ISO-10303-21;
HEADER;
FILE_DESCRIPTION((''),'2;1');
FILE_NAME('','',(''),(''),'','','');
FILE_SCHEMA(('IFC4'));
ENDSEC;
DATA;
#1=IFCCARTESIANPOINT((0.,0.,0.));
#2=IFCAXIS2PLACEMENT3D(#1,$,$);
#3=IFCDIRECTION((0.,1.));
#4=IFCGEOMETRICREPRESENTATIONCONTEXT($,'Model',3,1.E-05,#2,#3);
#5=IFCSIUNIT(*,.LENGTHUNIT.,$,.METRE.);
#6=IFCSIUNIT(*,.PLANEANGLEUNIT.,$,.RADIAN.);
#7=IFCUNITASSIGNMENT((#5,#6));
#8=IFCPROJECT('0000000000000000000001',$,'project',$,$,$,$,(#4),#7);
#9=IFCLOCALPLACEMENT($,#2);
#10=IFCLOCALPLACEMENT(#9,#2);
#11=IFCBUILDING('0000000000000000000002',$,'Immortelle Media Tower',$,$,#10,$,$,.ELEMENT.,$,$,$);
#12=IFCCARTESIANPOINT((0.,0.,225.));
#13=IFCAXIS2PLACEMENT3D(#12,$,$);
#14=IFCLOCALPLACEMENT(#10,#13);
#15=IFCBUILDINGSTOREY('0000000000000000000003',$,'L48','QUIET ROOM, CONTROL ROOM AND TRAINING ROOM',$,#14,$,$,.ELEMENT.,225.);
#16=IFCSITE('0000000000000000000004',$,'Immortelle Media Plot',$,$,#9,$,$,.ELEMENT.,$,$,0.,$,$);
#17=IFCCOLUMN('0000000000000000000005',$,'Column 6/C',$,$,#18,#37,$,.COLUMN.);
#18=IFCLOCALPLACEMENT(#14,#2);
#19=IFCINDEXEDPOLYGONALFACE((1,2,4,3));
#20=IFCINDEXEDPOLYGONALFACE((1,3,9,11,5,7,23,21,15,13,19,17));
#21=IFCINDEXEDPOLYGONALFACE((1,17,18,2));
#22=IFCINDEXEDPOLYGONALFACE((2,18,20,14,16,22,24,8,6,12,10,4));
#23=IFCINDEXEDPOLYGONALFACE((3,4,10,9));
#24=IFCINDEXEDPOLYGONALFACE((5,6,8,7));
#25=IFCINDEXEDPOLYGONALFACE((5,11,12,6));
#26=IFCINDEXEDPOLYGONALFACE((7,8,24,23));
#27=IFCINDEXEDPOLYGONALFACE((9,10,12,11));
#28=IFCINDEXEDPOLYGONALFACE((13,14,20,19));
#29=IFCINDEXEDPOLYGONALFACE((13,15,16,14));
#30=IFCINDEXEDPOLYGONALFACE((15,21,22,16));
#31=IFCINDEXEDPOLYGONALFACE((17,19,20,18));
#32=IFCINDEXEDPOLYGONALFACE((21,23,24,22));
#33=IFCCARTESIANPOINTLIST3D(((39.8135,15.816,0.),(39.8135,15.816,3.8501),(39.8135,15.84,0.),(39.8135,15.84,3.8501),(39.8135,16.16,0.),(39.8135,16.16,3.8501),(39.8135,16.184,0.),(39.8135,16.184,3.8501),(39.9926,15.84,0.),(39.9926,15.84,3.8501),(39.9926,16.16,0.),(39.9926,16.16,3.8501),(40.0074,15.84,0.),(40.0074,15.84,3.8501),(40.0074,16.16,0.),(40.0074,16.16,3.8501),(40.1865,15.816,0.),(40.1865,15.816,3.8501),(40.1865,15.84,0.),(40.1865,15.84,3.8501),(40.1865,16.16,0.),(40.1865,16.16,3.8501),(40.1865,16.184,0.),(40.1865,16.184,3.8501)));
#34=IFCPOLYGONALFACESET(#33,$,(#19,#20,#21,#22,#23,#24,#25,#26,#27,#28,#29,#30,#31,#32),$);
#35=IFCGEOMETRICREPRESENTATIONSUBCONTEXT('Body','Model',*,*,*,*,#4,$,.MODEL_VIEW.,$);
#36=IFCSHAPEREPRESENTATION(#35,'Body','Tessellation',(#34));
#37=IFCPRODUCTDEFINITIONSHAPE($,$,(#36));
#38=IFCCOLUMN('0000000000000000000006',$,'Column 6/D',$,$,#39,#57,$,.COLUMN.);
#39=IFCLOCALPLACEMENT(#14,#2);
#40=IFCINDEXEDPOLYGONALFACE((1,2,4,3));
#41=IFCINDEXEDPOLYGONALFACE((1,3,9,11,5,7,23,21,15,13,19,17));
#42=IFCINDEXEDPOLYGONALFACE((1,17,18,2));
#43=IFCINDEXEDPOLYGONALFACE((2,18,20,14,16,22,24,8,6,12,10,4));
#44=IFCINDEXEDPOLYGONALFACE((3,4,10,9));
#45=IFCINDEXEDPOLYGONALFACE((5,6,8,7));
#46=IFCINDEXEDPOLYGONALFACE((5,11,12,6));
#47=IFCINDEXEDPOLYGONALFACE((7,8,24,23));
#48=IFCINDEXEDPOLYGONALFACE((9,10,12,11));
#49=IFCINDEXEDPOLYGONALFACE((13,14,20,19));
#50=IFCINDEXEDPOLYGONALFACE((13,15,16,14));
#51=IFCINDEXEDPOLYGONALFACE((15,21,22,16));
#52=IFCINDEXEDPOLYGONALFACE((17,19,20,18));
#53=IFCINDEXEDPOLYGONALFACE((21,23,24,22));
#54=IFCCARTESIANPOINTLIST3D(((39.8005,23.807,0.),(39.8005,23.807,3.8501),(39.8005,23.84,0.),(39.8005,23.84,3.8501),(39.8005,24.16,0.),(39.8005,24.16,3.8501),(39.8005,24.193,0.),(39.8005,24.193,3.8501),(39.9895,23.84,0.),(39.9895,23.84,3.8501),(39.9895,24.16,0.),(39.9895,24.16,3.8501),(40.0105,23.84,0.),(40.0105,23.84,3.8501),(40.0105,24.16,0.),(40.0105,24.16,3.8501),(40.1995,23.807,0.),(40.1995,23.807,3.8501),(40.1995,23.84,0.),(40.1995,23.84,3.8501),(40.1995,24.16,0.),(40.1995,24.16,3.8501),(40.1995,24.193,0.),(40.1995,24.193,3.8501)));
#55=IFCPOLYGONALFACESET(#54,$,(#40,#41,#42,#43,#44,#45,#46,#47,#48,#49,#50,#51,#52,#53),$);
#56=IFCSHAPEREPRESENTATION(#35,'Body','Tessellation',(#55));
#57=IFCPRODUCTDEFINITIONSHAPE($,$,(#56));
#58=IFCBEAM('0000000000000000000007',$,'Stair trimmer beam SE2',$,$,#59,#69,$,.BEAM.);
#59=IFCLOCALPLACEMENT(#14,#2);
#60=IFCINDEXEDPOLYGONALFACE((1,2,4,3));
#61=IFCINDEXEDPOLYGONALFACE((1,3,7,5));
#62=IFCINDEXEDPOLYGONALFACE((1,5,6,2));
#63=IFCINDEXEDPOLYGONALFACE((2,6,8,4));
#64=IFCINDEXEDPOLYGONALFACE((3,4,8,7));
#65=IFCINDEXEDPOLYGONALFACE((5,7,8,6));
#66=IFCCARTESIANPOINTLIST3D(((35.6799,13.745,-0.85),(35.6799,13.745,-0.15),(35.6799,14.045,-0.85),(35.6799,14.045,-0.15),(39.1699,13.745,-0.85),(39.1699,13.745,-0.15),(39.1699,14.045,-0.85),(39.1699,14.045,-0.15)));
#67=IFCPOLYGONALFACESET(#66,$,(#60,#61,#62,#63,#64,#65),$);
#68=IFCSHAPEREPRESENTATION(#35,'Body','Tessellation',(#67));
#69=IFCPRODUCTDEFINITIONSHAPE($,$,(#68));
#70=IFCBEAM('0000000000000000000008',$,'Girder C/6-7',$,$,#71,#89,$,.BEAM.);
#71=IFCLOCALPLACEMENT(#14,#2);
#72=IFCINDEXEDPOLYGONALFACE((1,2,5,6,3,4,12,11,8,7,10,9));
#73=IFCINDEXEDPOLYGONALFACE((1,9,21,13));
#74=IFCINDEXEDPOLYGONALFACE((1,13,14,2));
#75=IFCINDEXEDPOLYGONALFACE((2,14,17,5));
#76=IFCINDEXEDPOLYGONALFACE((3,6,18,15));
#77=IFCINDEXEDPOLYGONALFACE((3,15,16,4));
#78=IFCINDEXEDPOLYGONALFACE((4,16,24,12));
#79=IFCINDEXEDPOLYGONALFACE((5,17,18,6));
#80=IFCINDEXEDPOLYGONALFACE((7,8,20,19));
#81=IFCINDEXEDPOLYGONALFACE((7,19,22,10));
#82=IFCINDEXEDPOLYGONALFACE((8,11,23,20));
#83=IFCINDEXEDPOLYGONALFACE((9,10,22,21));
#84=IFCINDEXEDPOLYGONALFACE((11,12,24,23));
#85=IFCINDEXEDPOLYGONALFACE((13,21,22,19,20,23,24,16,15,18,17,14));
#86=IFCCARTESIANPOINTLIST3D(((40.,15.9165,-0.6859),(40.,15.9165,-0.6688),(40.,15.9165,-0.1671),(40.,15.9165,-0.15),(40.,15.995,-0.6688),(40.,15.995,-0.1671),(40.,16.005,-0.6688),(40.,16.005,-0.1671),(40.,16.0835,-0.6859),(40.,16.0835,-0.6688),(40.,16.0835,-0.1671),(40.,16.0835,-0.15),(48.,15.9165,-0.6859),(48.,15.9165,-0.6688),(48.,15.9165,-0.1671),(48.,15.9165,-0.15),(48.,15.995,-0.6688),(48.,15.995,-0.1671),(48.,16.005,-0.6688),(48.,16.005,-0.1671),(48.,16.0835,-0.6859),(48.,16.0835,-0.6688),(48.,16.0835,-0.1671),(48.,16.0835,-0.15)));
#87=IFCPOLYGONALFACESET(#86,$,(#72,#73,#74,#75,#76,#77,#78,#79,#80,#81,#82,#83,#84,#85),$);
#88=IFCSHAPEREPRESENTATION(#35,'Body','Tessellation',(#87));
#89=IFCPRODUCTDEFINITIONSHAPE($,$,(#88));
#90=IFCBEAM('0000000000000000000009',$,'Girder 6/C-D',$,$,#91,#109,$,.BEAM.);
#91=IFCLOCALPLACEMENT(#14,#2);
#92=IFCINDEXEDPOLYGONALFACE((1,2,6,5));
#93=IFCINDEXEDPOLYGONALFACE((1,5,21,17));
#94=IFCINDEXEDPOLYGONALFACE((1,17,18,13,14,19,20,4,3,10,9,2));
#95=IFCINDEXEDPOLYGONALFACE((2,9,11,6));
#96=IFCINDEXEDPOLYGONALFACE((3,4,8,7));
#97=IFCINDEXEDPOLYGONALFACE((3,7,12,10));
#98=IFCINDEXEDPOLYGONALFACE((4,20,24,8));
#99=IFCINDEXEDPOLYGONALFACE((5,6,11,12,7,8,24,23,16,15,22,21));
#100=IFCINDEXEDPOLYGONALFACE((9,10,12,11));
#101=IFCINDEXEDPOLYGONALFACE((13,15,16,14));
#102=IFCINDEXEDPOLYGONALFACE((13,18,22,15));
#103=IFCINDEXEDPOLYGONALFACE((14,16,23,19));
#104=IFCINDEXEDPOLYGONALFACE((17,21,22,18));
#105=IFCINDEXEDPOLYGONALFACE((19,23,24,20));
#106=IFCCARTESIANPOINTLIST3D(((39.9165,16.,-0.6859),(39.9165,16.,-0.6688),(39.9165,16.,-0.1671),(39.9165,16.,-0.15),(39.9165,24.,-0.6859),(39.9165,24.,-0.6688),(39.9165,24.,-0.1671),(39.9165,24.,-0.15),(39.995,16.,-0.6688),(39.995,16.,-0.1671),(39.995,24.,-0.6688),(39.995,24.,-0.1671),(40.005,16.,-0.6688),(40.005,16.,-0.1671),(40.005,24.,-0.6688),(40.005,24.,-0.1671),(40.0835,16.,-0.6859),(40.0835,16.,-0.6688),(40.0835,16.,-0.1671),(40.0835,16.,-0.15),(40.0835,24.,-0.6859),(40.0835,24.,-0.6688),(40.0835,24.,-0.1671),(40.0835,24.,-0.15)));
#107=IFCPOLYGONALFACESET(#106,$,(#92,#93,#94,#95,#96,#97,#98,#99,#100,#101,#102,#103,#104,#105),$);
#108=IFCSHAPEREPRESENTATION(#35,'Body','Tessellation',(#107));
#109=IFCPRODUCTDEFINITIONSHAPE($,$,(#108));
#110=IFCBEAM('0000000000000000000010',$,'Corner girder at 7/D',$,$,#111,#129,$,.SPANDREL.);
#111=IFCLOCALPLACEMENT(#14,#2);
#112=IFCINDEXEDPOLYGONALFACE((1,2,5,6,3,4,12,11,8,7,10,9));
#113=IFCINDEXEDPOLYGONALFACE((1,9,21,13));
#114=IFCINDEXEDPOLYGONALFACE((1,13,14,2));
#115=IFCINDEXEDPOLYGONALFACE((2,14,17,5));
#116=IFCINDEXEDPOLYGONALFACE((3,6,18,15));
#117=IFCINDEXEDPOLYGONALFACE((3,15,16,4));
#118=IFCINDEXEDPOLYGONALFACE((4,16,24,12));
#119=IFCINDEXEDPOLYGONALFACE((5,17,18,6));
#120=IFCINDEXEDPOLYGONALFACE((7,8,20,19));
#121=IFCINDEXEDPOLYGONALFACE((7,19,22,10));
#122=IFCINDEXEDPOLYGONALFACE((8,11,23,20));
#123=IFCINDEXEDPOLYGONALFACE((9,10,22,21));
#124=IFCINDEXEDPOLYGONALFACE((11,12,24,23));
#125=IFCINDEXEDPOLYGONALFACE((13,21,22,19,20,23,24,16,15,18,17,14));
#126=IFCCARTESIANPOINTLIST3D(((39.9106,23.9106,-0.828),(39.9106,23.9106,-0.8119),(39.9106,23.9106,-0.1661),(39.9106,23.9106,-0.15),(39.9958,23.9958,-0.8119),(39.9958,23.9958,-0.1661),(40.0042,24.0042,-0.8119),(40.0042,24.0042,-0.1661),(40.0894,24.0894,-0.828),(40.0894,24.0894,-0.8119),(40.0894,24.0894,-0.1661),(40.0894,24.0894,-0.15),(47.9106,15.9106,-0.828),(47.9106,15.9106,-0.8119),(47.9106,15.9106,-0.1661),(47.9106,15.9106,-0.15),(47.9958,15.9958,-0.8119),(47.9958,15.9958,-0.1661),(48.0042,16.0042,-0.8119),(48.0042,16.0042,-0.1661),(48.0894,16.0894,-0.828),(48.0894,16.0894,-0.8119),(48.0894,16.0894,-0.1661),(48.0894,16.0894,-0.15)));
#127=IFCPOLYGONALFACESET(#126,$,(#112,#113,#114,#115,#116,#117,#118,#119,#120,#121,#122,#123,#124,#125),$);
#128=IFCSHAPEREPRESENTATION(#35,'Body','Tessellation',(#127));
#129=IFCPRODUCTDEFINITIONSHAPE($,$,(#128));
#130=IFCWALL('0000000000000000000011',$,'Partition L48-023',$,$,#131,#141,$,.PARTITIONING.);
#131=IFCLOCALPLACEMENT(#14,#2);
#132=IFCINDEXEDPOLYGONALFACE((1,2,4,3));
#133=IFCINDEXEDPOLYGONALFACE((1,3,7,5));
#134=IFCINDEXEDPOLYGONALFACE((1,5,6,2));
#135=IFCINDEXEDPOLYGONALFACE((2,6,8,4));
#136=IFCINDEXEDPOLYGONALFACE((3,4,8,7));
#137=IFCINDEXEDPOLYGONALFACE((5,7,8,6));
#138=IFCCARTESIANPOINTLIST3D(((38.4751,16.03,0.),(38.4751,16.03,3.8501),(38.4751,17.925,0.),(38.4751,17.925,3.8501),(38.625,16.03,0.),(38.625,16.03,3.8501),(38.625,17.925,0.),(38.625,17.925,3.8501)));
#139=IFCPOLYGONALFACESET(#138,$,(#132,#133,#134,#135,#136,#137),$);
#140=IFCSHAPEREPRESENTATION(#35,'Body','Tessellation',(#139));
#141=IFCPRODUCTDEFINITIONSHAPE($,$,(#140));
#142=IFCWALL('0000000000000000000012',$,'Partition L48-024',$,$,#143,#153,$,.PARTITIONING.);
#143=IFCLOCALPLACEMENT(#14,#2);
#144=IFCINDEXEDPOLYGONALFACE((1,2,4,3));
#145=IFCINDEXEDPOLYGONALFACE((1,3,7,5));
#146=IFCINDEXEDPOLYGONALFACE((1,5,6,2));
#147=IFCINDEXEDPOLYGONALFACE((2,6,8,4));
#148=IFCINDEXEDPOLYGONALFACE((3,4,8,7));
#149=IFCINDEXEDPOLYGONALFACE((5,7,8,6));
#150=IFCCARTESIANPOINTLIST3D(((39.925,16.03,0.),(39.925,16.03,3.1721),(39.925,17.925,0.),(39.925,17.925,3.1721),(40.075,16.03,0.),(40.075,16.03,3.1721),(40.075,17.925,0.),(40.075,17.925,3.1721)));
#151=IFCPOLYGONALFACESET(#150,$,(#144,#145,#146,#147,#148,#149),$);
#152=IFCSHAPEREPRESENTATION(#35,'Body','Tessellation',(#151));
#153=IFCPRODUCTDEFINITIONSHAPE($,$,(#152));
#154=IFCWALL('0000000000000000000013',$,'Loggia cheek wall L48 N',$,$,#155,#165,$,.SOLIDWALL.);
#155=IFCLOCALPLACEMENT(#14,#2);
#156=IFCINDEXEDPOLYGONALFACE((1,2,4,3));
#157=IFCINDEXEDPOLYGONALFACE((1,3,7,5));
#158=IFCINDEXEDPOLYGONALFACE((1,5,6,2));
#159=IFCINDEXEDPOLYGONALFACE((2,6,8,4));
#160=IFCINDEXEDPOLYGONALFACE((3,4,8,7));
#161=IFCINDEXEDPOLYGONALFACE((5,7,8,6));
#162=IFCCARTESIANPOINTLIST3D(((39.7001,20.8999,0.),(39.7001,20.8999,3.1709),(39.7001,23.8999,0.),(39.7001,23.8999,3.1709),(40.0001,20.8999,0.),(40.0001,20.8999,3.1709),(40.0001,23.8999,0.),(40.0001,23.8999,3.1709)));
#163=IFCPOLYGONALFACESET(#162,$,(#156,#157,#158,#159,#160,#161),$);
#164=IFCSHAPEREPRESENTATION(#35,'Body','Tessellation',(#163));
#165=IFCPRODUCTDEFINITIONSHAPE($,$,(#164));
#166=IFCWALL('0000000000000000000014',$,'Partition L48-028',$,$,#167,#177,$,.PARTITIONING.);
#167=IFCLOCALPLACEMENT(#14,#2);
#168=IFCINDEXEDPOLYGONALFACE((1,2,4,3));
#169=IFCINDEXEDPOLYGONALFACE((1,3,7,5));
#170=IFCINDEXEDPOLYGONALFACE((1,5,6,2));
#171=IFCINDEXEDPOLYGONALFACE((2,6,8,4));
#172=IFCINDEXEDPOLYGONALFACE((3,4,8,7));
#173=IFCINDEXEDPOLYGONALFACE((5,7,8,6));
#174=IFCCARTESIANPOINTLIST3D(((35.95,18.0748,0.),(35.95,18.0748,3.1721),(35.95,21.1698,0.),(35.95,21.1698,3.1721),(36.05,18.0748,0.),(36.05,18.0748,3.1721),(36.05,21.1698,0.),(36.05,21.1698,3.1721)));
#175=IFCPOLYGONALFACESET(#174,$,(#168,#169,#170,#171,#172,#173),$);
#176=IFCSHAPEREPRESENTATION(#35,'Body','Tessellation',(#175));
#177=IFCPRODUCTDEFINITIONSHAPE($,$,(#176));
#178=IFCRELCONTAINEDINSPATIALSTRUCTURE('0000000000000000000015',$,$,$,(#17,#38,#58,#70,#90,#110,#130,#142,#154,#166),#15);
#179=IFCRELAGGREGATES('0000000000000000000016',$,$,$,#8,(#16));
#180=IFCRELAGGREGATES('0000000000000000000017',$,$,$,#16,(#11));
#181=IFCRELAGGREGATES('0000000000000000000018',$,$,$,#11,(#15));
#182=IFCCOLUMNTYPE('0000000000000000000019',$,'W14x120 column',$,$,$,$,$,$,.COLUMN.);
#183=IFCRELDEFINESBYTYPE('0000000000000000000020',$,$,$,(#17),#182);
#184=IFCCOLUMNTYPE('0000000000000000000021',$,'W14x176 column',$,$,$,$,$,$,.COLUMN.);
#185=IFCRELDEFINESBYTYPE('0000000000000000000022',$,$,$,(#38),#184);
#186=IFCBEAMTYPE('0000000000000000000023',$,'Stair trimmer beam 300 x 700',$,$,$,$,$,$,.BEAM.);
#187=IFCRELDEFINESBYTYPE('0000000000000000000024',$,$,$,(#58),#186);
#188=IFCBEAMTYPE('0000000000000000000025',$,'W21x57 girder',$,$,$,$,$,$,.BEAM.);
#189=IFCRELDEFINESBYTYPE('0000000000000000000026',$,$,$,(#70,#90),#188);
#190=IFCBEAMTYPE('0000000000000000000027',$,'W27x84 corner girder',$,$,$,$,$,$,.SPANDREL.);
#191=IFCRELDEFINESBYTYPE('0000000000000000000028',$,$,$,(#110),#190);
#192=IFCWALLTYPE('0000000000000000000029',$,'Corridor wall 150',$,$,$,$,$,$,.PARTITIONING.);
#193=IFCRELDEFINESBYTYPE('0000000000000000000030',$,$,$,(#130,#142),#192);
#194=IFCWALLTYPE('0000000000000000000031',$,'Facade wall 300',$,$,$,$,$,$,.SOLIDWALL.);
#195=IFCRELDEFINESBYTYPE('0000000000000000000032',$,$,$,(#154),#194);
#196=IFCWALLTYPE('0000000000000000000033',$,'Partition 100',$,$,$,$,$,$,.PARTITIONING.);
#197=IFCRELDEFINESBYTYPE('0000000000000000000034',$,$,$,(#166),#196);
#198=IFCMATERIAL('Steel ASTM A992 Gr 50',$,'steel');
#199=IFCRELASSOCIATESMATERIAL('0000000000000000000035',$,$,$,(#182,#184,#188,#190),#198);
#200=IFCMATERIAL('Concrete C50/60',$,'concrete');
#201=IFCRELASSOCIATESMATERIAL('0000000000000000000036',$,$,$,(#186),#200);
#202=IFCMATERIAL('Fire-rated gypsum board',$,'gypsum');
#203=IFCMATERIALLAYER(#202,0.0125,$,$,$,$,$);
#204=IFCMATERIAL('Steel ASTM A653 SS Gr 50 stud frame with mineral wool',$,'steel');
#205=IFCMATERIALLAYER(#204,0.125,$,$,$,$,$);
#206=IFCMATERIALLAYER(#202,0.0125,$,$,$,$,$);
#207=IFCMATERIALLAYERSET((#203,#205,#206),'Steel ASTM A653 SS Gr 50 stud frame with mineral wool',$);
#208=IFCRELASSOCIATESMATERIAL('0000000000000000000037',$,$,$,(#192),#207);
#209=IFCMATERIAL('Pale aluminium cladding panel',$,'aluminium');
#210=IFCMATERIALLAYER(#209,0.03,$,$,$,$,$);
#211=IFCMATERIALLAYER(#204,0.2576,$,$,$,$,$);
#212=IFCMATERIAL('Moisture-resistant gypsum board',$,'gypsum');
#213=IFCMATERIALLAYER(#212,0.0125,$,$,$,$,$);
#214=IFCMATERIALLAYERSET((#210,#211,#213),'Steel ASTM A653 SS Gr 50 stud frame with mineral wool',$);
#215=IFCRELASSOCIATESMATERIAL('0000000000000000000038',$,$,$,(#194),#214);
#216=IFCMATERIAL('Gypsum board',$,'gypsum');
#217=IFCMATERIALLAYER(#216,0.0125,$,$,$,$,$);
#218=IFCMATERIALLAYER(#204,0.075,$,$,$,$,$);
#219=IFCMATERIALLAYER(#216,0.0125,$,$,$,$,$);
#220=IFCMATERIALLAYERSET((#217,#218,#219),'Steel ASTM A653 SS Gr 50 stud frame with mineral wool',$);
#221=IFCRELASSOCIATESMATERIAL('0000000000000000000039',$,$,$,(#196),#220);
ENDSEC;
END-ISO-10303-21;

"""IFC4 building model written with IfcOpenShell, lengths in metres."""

from ifc_helpers import new_model, si_unit, direction, frame, frame_2d, origin, origin_2d, place, context, subcontext, project, spatial, rectangle, i_section, extrude, material, layer, layer_set, material_profile, profile_set, type_object, element, save


model = new_model("IFC4")

# Units and contexts
model_context = context("Model", 3, precision=1e-05, world=origin(), true_north=direction((0.0, 1.0)))
body_context = subcontext(model_context, "Body", "Model", "MODEL_VIEW")
ifc_project = project(units=[si_unit("LENGTHUNIT", "METRE"), si_unit("PLANEANGLEUNIT", "RADIAN")], contexts=[model_context])

# Site, building, storey
site_placement = place(None, origin())
site = spatial("IfcSite", under=ifc_project, at=site_placement, Name="Immortelle Media Plot", CompositionType="ELEMENT", RefElevation=0.0)
building_placement = place(site_placement, origin())
building = spatial("IfcBuilding", under=site, at=building_placement, Name="Immortelle Media Tower", CompositionType="ELEMENT")
storey_placement = place(building_placement, frame((0.0, 0.0, 225.0)))
storey = spatial("IfcBuildingStorey", under=building, at=storey_placement, Name="L48", Description="QUIET ROOM, CONTROL ROOM AND TRAINING ROOM", CompositionType="ELEMENT", Elevation=225.0)

# Columns
ifc_material_1 = material(Name="Steel ASTM A992 Gr 50", Category="steel")
ifc_material_profile_1 = material_profile(ifc_material_1, i_section(OverallWidth=0.373, OverallDepth=0.3679, WebThickness=0.0149, FlangeThickness=0.0239, at=origin_2d()), Name="W14x120")
ifc_profile_set_1 = profile_set([ifc_material_profile_1], Name="Steel ASTM A992 Gr 50")
column_type_1 = type_object("IfcColumnType", Name="W14x120 column", PredefinedType="COLUMN", material=ifc_profile_set_1)
column_1_placement = place(storey_placement, frame((40.0, 16.0, 0.0), z_axis=(0.0, 0.0, 1.0), x_axis=(1.0, 0.0, 0.0)))
element("IfcColumn", 1, at=column_1_placement, inside=storey, type_object=column_type_1, Name="Column 6/C", PredefinedType="COLUMN", context=body_context, shape_type="SweptSolid", body=[
    extrude(i_section(OverallWidth=0.373, OverallDepth=0.3679, WebThickness=0.0149, FlangeThickness=0.0239, at=origin_2d()), origin(), (0.0, 0.0, 1.0), 3.8501),
])
ifc_material_profile_2 = material_profile(ifc_material_1, i_section(OverallWidth=0.3989, OverallDepth=0.386, WebThickness=0.021, FlangeThickness=0.033, at=origin_2d()), Name="W14x176")
ifc_profile_set_2 = profile_set([ifc_material_profile_2], Name="Steel ASTM A992 Gr 50")
column_type_2 = type_object("IfcColumnType", Name="W14x176 column", PredefinedType="COLUMN", material=ifc_profile_set_2)
column_2_placement = place(storey_placement, frame((40.0, 24.0, 0.0), z_axis=(0.0, 0.0, 1.0), x_axis=(1.0, 0.0, 0.0)))
element("IfcColumn", 2, at=column_2_placement, inside=storey, type_object=column_type_2, Name="Column 6/D", PredefinedType="COLUMN", context=body_context, shape_type="SweptSolid", body=[
    extrude(i_section(OverallWidth=0.3989, OverallDepth=0.386, WebThickness=0.021, FlangeThickness=0.033, at=origin_2d()), origin(), (0.0, 0.0, 1.0), 3.8501),
])

# Beams
ifc_material_2 = material(Name="Concrete C50/60", Category="concrete")
ifc_material_profile_3 = material_profile(ifc_material_2, rectangle(XDim=0.3, YDim=0.7, at=origin_2d()), Name="RC 300x700")
ifc_profile_set_3 = profile_set([ifc_material_profile_3], Name="Concrete C50/60")
beam_type_1 = type_object("IfcBeamType", Name="Stair trimmer beam 300 x 700", PredefinedType="BEAM", material=ifc_profile_set_3)
beam_1_placement = place(storey_placement, frame((35.6799, 13.895, -0.5), z_axis=(1.0, 0.0, 0.0), x_axis=(0.0, 1.0, 0.0)))
element("IfcBeam", 3, at=beam_1_placement, inside=storey, type_object=beam_type_1, Name="Stair trimmer beam SE2", PredefinedType="BEAM", context=body_context, shape_type="SweptSolid", body=[
    extrude(rectangle(XDim=0.3, YDim=0.7, at=origin_2d()), origin(), (0.0, 0.0, 1.0), 3.49),
])
ifc_material_profile_4 = material_profile(ifc_material_1, i_section(OverallWidth=0.167, OverallDepth=0.5359, WebThickness=0.01, FlangeThickness=0.0171, at=origin_2d()), Name="W21x57")
ifc_profile_set_4 = profile_set([ifc_material_profile_4], Name="Steel ASTM A992 Gr 50")
beam_type_2 = type_object("IfcBeamType", Name="W21x57 girder", PredefinedType="BEAM", material=ifc_profile_set_4)
for number, where, z_axis, x_axis, name in (
    (4, (40.0, 16.0, -0.418), (1.0, 0.0, 0.0), (0.0, 1.0, 0.0), "Girder C/6-7"),
    (5, (40.0, 16.0, -0.418), (0.0, 1.0, 0.0), (-1.0, 0.0, 0.0), "Girder 6/C-D"),
):
    element("IfcBeam", number, at=place(storey_placement, frame(where, z_axis=z_axis, x_axis=x_axis)), inside=storey, type_object=beam_type_2, Name=name, PredefinedType="BEAM", context=body_context, shape_type="SweptSolid", body=[
        extrude(i_section(OverallWidth=0.167, OverallDepth=0.5359, WebThickness=0.01, FlangeThickness=0.0171, at=origin_2d()), origin(), (0.0, 0.0, 1.0), 8.0),
    ])
ifc_material_profile_5 = material_profile(ifc_material_1, i_section(OverallWidth=0.2529, OverallDepth=0.678, WebThickness=0.012, FlangeThickness=0.0161, at=origin_2d()), Name="W27x84")
ifc_profile_set_5 = profile_set([ifc_material_profile_5], Name="Steel ASTM A992 Gr 50")
beam_type_3 = type_object("IfcBeamType", Name="W27x84 corner girder", PredefinedType="SPANDREL", material=ifc_profile_set_5)
beam_2_placement = place(storey_placement, frame((40.0, 24.0, -0.489), z_axis=(0.707107, -0.707107, 0.0), x_axis=(0.707107, 0.707107, 0.0)))
element("IfcBeam", 6, at=beam_2_placement, inside=storey, type_object=beam_type_3, Name="Corner girder at 7/D", PredefinedType="SPANDREL", context=body_context, shape_type="SweptSolid", body=[
    extrude(i_section(OverallWidth=0.2529, OverallDepth=0.678, WebThickness=0.012, FlangeThickness=0.0161, at=origin_2d()), origin(), (0.0, 0.0, 1.0), 11.3137),
])

# Walls
ifc_material_3 = material(Name="Fire-rated gypsum board", Category="gypsum")
ifc_layer_1 = layer(ifc_material_3, 0.0125)
ifc_material_4 = material(Name="Steel ASTM A653 SS Gr 50 stud frame with mineral wool", Category="steel")
ifc_layer_2 = layer(ifc_material_4, 0.125)
ifc_layer_3 = layer(ifc_material_3, 0.0125)
ifc_layer_set_1 = layer_set([ifc_layer_1, ifc_layer_2, ifc_layer_3], Name="Steel ASTM A653 SS Gr 50 stud frame with mineral wool")
wall_type_1 = type_object("IfcWallType", Name="Corridor wall 150", PredefinedType="PARTITIONING", material=ifc_layer_set_1)
wall_1_placement = place(storey_placement, frame((38.55, 16.03, 0.0), z_axis=(0.0, 0.0, 1.0), x_axis=(0.0, 1.0, 0.0)))
element("IfcWall", 7, at=wall_1_placement, inside=storey, type_object=wall_type_1, Name="Partition L48-023", PredefinedType="PARTITIONING", context=body_context, shape_type="SweptSolid", body=[
    extrude(rectangle(XDim=1.895, YDim=0.1499, at=frame_2d((0.9475, 0.0))), origin(), (0.0, 0.0, 1.0), 3.8501),
])
wall_2_placement = place(storey_placement, frame((40.0, 16.03, 0.0), z_axis=(0.0, 0.0, 1.0), x_axis=(0.0, 1.0, 0.0)))
element("IfcWall", 8, at=wall_2_placement, inside=storey, type_object=wall_type_1, Name="Partition L48-024", PredefinedType="PARTITIONING", context=body_context, shape_type="SweptSolid", body=[
    extrude(rectangle(XDim=1.895, YDim=0.1499, at=frame_2d((0.9475, 0.0))), origin(), (0.0, 0.0, 1.0), 3.1721),
])

# Shared definitions
ifc_material_5 = material(Name="Pale aluminium cladding panel", Category="aluminium")
ifc_layer_4 = layer(ifc_material_5, 0.03)
ifc_layer_5 = layer(ifc_material_4, 0.2576)
ifc_material_6 = material(Name="Moisture-resistant gypsum board", Category="gypsum")
ifc_layer_6 = layer(ifc_material_6, 0.0125)
ifc_layer_set_2 = layer_set([ifc_layer_4, ifc_layer_5, ifc_layer_6], Name="Steel ASTM A653 SS Gr 50 stud frame with mineral wool")
wall_type_2 = type_object("IfcWallType", Name="Facade wall 300", PredefinedType="SOLIDWALL", material=ifc_layer_set_2)

# Walls
wall_3_placement = place(storey_placement, frame((39.8501, 23.8999, 0.0), z_axis=(0.0, 0.0, 1.0), x_axis=(0.0, -1.0, 0.0)))
element("IfcWall", 9, at=wall_3_placement, inside=storey, type_object=wall_type_2, Name="Loggia cheek wall L48 N", PredefinedType="SOLIDWALL", context=body_context, shape_type="SweptSolid", body=[
    extrude(rectangle(XDim=3.0, YDim=0.3, at=frame_2d((1.5, 0.0))), origin(), (0.0, 0.0, 1.0), 3.1709),
])
ifc_material_7 = material(Name="Gypsum board", Category="gypsum")
ifc_layer_7 = layer(ifc_material_7, 0.0125)
ifc_layer_8 = layer(ifc_material_4, 0.075)
ifc_layer_9 = layer(ifc_material_7, 0.0125)
ifc_layer_set_3 = layer_set([ifc_layer_7, ifc_layer_8, ifc_layer_9], Name="Steel ASTM A653 SS Gr 50 stud frame with mineral wool")
wall_type_3 = type_object("IfcWallType", Name="Partition 100", PredefinedType="PARTITIONING", material=ifc_layer_set_3)
wall_4_placement = place(storey_placement, frame((36.0, 18.075, 0.0), z_axis=(0.0, 0.0, 1.0), x_axis=(0.0, 1.0, 0.0)))
element("IfcWall", 10, at=wall_4_placement, inside=storey, type_object=wall_type_3, Name="Partition L48-028", PredefinedType="PARTITIONING", context=body_context, shape_type="SweptSolid", body=[
    extrude(rectangle(XDim=3.095, YDim=0.1001, at=frame_2d((1.5474, 0.0))), origin(), (0.0, 0.0, 1.0), 3.1721),
])

save(model, "model.ifc")
